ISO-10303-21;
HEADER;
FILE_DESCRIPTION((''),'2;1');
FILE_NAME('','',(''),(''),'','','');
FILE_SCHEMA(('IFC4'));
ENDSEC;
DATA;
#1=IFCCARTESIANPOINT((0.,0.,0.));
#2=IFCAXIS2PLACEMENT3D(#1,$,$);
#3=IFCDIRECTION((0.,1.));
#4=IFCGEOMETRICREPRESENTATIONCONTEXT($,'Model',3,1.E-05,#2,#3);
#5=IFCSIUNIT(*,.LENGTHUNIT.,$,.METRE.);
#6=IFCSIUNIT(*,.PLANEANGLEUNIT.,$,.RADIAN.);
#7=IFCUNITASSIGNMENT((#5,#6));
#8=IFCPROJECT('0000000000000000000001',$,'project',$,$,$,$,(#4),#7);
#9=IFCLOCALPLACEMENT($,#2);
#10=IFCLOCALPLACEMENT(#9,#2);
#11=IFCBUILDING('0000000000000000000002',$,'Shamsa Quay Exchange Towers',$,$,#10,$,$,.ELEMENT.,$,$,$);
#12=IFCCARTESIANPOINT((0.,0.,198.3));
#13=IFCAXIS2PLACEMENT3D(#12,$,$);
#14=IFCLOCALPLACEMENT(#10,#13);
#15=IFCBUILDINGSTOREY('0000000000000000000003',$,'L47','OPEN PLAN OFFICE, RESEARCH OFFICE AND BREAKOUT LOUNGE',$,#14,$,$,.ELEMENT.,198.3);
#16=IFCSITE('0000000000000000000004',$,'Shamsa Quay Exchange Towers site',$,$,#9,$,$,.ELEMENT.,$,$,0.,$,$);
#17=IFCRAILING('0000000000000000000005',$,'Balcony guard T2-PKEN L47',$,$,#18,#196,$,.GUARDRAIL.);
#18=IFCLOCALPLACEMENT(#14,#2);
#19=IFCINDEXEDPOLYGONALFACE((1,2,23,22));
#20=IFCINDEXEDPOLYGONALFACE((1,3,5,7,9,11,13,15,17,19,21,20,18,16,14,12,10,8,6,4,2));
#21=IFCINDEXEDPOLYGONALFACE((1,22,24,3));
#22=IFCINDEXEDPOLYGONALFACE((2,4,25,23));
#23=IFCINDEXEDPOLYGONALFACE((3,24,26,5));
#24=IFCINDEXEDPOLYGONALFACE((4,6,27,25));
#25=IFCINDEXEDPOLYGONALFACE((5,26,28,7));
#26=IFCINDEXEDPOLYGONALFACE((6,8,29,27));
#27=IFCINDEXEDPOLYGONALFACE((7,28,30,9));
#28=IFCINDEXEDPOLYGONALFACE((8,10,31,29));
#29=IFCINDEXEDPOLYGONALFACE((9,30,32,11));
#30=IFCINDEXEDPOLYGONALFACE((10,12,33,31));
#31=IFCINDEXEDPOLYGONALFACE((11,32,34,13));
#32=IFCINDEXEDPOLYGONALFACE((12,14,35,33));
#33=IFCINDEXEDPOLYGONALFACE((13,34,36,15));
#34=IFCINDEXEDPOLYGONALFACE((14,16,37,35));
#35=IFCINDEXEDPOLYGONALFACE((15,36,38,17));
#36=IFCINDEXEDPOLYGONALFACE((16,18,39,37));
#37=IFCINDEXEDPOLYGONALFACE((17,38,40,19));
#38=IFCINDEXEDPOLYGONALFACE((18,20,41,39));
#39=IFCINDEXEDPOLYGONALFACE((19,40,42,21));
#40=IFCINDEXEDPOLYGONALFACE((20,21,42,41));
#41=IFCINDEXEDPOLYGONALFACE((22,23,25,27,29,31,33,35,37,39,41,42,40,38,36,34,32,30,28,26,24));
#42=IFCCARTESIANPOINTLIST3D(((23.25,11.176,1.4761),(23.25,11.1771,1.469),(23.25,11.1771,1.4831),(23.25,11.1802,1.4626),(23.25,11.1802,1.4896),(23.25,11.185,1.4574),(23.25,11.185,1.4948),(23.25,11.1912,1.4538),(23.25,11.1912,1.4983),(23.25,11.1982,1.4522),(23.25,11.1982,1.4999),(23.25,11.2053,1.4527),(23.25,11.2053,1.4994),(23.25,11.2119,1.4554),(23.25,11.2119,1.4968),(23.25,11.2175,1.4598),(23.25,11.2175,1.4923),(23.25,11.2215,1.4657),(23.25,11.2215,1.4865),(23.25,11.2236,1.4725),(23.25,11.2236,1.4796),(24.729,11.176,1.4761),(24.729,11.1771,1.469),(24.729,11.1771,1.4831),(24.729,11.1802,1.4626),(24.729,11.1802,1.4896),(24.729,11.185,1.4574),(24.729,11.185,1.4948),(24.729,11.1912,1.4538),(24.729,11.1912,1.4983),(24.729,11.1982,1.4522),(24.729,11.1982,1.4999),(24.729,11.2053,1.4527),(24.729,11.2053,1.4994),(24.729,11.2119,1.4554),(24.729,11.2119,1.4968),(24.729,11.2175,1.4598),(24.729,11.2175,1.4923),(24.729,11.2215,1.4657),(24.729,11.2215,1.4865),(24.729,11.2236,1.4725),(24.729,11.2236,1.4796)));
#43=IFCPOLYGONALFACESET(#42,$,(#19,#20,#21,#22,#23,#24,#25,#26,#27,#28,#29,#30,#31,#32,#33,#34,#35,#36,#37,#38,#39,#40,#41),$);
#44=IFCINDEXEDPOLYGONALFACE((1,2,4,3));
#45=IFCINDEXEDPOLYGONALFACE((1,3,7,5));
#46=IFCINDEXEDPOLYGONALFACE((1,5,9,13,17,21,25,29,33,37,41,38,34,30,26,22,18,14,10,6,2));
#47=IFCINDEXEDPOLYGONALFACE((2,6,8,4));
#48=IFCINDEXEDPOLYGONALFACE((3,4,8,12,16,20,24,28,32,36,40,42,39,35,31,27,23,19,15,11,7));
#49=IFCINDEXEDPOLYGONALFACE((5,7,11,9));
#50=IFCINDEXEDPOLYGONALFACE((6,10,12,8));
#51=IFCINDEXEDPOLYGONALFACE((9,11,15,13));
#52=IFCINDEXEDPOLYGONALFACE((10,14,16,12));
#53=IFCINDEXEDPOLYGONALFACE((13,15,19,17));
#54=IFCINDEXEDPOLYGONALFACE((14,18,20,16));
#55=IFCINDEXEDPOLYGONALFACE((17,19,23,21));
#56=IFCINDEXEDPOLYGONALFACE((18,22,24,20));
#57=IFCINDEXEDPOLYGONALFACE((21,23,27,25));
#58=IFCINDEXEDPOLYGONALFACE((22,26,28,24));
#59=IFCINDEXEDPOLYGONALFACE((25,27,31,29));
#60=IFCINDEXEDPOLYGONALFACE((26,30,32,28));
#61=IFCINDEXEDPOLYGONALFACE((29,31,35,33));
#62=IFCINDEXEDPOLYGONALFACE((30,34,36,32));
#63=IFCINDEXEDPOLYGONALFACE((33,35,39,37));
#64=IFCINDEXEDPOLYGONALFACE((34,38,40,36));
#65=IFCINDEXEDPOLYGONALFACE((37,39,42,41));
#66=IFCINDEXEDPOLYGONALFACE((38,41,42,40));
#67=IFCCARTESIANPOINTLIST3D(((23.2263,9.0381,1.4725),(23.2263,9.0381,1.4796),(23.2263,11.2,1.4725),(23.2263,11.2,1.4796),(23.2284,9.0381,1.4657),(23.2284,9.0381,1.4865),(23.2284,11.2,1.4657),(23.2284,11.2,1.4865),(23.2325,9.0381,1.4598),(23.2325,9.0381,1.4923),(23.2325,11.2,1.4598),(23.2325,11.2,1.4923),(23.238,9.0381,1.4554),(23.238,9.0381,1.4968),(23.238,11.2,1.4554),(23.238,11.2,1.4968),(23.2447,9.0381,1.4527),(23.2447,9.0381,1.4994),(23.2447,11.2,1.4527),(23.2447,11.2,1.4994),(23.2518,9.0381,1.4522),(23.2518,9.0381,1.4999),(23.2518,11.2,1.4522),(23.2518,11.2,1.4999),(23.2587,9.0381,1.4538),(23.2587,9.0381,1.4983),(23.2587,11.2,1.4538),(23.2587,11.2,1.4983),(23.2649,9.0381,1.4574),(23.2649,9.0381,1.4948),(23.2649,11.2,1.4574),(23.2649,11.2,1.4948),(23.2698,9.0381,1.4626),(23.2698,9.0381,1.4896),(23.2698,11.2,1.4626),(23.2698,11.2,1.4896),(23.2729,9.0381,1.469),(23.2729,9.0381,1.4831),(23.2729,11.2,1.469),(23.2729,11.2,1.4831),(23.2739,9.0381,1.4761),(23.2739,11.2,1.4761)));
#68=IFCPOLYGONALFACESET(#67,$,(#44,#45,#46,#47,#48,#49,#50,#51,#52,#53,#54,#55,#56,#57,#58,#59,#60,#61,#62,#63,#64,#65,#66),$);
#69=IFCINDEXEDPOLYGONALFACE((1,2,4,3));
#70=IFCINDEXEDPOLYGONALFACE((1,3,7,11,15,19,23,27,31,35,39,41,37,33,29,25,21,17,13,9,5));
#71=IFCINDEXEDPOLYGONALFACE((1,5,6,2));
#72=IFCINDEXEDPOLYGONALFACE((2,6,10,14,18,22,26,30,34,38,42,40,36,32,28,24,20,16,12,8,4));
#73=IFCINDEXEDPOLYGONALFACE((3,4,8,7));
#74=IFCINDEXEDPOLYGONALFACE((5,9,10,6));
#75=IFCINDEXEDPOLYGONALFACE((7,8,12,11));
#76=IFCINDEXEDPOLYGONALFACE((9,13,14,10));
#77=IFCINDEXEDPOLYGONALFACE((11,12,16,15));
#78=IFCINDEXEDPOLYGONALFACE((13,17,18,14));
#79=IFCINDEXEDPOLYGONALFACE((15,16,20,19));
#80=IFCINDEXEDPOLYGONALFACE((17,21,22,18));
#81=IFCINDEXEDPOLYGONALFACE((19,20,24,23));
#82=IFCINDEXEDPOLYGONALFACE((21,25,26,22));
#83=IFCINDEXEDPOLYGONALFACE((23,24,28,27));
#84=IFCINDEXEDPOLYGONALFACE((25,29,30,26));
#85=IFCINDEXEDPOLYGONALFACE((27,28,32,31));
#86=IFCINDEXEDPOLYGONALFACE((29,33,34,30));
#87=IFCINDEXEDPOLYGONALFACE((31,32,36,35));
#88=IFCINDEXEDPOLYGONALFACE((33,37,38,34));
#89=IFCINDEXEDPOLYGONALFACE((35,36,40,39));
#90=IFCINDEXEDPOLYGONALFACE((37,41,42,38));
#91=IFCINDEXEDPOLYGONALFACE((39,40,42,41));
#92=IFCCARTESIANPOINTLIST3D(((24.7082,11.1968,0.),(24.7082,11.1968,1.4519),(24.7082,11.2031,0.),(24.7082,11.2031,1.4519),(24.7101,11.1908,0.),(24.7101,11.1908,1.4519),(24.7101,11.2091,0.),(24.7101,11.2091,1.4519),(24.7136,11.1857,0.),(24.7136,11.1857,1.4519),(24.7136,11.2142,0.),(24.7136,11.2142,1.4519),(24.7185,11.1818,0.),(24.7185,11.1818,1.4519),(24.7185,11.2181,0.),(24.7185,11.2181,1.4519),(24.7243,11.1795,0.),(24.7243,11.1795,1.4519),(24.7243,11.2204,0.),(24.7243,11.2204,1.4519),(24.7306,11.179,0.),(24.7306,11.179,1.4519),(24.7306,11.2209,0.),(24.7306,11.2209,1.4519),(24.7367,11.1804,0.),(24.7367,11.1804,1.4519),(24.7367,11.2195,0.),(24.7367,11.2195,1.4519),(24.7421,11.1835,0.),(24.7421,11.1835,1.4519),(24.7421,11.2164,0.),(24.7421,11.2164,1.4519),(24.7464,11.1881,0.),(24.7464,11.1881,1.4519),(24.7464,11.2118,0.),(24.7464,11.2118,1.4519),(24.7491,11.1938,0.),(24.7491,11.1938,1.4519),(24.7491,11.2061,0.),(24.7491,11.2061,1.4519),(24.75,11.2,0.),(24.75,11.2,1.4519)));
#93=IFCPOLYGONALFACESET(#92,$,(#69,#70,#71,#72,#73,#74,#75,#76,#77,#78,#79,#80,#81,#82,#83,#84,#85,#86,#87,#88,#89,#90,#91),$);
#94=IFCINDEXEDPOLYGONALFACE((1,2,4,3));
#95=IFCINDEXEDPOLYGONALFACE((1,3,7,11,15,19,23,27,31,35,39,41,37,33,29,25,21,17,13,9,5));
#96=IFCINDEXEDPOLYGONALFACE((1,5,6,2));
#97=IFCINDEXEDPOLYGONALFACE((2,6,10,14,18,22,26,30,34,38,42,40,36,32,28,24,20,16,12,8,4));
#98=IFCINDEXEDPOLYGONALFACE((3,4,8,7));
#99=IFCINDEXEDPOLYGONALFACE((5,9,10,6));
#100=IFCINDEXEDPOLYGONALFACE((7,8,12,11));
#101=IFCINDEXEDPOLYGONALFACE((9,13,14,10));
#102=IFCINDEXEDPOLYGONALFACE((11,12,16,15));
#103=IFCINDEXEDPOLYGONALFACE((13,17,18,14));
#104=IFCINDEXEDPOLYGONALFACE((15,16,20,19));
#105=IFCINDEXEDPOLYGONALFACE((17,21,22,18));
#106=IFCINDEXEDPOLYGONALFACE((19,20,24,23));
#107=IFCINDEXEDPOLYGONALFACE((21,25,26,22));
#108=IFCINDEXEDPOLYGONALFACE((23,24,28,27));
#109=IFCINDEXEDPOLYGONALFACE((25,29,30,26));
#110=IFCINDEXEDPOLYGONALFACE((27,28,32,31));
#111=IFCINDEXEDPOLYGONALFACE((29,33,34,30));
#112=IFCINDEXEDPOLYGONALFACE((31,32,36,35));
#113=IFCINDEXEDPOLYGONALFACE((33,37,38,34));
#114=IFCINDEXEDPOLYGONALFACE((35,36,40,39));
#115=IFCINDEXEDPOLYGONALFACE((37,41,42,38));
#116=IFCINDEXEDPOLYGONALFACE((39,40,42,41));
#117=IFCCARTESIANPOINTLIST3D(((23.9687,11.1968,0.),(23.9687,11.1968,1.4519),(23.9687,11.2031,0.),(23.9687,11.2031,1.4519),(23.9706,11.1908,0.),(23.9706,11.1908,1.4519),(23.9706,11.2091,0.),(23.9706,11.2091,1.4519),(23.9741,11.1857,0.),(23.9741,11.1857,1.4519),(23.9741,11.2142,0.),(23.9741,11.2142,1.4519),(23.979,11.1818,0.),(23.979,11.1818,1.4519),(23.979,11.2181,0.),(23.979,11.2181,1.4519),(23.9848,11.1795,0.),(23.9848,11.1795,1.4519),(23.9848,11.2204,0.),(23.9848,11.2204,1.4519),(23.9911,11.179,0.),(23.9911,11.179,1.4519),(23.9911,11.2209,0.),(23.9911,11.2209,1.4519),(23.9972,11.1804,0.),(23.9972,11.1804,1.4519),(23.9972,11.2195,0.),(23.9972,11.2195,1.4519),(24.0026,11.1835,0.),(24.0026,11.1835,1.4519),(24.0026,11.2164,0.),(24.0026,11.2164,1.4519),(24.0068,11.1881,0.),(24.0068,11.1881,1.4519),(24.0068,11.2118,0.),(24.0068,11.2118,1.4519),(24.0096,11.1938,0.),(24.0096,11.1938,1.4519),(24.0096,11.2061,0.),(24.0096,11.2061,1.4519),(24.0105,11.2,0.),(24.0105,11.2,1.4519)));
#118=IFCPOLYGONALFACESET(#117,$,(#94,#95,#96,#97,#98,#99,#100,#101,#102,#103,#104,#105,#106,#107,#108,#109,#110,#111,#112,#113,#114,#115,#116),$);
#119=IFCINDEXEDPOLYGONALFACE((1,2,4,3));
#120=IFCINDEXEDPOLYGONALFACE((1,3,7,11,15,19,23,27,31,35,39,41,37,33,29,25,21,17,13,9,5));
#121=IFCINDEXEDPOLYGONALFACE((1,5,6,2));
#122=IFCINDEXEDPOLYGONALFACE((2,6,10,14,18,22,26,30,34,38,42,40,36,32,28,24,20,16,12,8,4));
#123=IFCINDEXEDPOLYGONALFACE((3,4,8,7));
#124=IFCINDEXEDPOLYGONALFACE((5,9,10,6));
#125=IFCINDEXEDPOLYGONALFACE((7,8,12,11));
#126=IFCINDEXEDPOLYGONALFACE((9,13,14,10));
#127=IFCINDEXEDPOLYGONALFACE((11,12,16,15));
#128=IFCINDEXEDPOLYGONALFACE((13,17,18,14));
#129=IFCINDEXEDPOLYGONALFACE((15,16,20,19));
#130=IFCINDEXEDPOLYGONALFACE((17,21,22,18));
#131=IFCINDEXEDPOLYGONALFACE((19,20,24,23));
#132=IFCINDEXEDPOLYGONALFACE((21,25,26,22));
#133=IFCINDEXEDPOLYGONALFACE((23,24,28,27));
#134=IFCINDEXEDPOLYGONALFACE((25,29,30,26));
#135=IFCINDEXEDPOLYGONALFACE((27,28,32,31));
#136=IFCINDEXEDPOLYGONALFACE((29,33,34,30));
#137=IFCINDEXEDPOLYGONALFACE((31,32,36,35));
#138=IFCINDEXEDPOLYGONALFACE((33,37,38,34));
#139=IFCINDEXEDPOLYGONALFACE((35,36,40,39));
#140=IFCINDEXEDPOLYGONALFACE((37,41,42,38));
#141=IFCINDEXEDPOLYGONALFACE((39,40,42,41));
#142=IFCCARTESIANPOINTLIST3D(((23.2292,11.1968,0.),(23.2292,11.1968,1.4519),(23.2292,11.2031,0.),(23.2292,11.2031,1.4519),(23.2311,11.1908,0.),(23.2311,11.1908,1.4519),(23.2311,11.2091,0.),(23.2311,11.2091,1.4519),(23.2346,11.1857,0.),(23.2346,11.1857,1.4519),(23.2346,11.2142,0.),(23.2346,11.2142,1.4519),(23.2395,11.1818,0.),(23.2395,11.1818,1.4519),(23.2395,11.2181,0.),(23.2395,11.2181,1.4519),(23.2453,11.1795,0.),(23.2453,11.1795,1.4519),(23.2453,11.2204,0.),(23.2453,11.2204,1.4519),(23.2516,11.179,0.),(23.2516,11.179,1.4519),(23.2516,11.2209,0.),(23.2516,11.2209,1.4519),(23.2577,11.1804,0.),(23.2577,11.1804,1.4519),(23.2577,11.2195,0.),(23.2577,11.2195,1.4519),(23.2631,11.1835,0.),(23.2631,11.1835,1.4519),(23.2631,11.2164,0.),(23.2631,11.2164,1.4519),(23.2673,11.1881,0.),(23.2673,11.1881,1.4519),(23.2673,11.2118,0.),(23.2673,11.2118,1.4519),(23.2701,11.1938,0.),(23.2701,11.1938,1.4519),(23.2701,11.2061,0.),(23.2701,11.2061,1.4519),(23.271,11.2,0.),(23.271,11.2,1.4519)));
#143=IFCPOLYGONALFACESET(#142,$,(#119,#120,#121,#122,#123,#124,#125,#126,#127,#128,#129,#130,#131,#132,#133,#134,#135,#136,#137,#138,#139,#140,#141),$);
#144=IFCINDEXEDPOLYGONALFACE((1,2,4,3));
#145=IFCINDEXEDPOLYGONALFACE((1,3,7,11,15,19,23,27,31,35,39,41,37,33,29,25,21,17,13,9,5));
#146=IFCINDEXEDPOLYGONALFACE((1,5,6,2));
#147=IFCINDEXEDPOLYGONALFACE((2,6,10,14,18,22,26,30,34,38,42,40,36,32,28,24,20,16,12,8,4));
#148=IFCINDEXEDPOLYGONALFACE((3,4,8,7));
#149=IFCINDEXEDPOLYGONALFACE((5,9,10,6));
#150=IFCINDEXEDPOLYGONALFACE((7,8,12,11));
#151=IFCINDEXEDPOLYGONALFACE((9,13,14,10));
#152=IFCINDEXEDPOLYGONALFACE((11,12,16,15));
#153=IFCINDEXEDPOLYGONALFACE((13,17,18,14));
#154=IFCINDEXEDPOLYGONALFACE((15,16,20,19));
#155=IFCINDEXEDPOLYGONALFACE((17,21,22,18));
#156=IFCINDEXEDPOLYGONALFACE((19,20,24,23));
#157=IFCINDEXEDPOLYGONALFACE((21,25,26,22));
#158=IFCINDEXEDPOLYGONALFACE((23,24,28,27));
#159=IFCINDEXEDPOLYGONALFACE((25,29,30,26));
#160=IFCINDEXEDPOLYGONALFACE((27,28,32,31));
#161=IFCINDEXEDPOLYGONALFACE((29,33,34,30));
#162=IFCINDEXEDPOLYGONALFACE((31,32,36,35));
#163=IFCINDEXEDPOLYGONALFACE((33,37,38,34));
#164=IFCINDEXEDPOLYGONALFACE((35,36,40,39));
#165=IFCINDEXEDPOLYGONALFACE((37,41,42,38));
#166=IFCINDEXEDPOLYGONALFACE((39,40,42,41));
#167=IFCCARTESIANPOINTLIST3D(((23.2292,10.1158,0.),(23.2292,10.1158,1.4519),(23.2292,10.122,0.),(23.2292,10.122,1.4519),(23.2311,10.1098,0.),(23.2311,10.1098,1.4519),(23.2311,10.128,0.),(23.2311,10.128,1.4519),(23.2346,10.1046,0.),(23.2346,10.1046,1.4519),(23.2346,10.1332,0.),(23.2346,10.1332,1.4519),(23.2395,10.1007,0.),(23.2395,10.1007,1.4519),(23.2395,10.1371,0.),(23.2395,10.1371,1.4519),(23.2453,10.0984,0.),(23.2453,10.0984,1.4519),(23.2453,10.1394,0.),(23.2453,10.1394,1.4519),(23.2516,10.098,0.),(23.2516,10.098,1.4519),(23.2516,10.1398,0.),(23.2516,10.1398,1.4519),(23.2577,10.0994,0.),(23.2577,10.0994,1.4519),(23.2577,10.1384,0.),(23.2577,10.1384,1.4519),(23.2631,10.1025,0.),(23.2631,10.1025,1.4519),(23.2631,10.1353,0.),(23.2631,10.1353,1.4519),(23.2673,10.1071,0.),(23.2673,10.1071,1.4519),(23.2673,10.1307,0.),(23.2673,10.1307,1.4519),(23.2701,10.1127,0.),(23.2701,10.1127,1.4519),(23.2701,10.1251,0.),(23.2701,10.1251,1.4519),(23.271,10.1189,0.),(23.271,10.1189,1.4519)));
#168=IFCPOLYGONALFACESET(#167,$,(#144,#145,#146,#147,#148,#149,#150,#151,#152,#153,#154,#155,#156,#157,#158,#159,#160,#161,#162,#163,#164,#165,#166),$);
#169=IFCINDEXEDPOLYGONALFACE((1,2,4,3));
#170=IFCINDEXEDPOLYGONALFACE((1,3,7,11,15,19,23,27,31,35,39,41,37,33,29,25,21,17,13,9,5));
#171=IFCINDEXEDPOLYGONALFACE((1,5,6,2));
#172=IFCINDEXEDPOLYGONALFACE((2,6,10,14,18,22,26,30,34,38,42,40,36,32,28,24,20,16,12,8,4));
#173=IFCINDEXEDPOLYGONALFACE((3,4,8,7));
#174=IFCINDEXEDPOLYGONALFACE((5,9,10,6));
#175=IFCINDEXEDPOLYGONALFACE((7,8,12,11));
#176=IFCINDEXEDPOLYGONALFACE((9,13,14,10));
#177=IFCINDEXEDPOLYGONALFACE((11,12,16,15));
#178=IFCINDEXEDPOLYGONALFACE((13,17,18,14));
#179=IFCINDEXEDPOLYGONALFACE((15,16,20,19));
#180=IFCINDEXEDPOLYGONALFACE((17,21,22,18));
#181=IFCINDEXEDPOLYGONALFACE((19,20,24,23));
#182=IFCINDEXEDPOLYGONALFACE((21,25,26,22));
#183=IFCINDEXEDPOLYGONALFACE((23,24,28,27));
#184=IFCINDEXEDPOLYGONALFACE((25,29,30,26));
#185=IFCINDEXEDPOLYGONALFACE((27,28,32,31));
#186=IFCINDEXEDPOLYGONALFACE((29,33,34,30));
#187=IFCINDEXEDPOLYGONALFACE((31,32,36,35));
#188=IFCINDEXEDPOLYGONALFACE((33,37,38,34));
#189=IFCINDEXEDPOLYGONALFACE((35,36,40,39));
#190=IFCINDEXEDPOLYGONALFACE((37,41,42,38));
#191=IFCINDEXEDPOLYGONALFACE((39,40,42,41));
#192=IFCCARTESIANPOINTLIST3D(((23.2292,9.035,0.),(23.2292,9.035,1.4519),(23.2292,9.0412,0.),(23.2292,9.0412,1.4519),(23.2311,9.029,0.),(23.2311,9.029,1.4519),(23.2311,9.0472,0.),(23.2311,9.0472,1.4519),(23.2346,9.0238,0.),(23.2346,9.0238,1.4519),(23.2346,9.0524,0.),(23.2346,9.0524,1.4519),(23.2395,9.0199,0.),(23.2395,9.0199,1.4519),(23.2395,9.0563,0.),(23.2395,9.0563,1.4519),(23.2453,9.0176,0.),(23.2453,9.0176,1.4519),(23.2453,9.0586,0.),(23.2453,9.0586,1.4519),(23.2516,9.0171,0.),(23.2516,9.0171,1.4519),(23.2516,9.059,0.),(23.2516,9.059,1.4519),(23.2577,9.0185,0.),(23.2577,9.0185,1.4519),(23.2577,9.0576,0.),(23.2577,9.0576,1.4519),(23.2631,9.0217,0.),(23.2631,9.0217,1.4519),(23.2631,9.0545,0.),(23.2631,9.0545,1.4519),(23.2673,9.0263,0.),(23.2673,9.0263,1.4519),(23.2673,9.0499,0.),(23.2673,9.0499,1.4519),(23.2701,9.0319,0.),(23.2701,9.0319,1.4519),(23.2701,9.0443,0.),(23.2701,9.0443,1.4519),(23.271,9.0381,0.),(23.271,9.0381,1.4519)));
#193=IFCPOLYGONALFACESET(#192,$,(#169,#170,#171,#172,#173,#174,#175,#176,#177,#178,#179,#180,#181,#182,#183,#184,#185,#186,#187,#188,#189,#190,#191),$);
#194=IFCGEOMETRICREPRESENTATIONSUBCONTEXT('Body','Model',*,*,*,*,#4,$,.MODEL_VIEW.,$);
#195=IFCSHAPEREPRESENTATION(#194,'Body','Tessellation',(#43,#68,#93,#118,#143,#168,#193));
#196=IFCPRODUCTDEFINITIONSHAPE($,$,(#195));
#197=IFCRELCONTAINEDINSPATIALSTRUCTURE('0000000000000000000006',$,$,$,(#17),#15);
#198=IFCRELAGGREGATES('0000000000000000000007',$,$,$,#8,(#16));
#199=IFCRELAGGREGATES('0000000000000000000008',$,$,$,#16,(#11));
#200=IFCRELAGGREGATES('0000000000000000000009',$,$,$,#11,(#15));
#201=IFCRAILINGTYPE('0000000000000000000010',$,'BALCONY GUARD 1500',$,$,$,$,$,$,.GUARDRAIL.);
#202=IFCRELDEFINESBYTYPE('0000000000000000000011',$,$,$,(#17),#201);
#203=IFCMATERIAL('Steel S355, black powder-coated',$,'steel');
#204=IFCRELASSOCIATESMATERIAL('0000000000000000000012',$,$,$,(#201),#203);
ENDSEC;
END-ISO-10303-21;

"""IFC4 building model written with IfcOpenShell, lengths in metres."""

from ifc_helpers import new_model, si_unit, direction, frame, origin, origin_2d, place, context, subcontext, project, spatial, circle, extrude, material, type_object, element, save


model = new_model("IFC4")

# Units and contexts
model_context = context("Model", 3, precision=1e-05, world=origin(), true_north=direction((0.0, 1.0)))
body_context = subcontext(model_context, "Body", "Model", "MODEL_VIEW")
ifc_project = project(units=[si_unit("LENGTHUNIT", "METRE"), si_unit("PLANEANGLEUNIT", "RADIAN")], contexts=[model_context])

# Site, building, storey
site_placement = place(None, origin())
site = spatial("IfcSite", under=ifc_project, at=site_placement, Name="Shamsa Quay Exchange Towers site", CompositionType="ELEMENT", RefElevation=0.0)
building_placement = place(site_placement, origin())
building = spatial("IfcBuilding", under=site, at=building_placement, Name="Shamsa Quay Exchange Towers", CompositionType="ELEMENT")
storey_placement = place(building_placement, frame((0.0, 0.0, 198.3)))
storey = spatial("IfcBuildingStorey", under=building, at=storey_placement, Name="L47", Description="OPEN PLAN OFFICE, RESEARCH OFFICE AND BREAKOUT LOUNGE", CompositionType="ELEMENT", Elevation=198.3)

# Railing
ifc_material_1 = material(Name="Steel S355, black powder-coated", Category="steel")
railing_type = type_object("IfcRailingType", Name="BALCONY GUARD 1500", PredefinedType="GUARDRAIL", material=ifc_material_1)
for number, where, name in (
    (1, (24.729, 11.2, 0.0), "Balcony guard T2-PKEN L47"),
):
    element("IfcRailing", number, at=place(storey_placement, frame(where)), inside=storey, type_object=railing_type, Name=name, PredefinedType="GUARDRAIL", context=body_context, shape_type="SweptSolid", body=[
        extrude(circle(Radius=0.0239, at=origin_2d()), frame((0.0, 0.0, 1.4761), z_axis=(-1.0, 0.0, 0.0), x_axis=(0.0, -1.0, 0.0)), (0.0, 0.0, 1.0), 1.479),
        extrude(circle(Radius=0.0239, at=origin_2d()), frame((-1.479, 0.0, 1.4761), z_axis=(0.0, -1.0, 0.0), x_axis=(1.0, 0.0, 0.0)), (0.0, 0.0, 1.0), 2.1619),
        extrude(circle(Radius=0.021, at=origin_2d()), origin(), (0.0, 0.0, 1.0), 1.4519),
        extrude(circle(Radius=0.021, at=origin_2d()), frame((-0.7395, 0.0, 0.0)), (0.0, 0.0, 1.0), 1.4519),
        extrude(circle(Radius=0.021, at=origin_2d()), frame((-1.479, 0.0, 0.0)), (0.0, 0.0, 1.0), 1.4519),
        extrude(circle(Radius=0.021, at=origin_2d()), frame((-1.479, -1.0811, 0.0)), (0.0, 0.0, 1.0), 1.4519),
        extrude(circle(Radius=0.021, at=origin_2d()), frame((-1.479, -2.1619, 0.0)), (0.0, 0.0, 1.0), 1.4519),
    ])

save(model, "model.ifc")
